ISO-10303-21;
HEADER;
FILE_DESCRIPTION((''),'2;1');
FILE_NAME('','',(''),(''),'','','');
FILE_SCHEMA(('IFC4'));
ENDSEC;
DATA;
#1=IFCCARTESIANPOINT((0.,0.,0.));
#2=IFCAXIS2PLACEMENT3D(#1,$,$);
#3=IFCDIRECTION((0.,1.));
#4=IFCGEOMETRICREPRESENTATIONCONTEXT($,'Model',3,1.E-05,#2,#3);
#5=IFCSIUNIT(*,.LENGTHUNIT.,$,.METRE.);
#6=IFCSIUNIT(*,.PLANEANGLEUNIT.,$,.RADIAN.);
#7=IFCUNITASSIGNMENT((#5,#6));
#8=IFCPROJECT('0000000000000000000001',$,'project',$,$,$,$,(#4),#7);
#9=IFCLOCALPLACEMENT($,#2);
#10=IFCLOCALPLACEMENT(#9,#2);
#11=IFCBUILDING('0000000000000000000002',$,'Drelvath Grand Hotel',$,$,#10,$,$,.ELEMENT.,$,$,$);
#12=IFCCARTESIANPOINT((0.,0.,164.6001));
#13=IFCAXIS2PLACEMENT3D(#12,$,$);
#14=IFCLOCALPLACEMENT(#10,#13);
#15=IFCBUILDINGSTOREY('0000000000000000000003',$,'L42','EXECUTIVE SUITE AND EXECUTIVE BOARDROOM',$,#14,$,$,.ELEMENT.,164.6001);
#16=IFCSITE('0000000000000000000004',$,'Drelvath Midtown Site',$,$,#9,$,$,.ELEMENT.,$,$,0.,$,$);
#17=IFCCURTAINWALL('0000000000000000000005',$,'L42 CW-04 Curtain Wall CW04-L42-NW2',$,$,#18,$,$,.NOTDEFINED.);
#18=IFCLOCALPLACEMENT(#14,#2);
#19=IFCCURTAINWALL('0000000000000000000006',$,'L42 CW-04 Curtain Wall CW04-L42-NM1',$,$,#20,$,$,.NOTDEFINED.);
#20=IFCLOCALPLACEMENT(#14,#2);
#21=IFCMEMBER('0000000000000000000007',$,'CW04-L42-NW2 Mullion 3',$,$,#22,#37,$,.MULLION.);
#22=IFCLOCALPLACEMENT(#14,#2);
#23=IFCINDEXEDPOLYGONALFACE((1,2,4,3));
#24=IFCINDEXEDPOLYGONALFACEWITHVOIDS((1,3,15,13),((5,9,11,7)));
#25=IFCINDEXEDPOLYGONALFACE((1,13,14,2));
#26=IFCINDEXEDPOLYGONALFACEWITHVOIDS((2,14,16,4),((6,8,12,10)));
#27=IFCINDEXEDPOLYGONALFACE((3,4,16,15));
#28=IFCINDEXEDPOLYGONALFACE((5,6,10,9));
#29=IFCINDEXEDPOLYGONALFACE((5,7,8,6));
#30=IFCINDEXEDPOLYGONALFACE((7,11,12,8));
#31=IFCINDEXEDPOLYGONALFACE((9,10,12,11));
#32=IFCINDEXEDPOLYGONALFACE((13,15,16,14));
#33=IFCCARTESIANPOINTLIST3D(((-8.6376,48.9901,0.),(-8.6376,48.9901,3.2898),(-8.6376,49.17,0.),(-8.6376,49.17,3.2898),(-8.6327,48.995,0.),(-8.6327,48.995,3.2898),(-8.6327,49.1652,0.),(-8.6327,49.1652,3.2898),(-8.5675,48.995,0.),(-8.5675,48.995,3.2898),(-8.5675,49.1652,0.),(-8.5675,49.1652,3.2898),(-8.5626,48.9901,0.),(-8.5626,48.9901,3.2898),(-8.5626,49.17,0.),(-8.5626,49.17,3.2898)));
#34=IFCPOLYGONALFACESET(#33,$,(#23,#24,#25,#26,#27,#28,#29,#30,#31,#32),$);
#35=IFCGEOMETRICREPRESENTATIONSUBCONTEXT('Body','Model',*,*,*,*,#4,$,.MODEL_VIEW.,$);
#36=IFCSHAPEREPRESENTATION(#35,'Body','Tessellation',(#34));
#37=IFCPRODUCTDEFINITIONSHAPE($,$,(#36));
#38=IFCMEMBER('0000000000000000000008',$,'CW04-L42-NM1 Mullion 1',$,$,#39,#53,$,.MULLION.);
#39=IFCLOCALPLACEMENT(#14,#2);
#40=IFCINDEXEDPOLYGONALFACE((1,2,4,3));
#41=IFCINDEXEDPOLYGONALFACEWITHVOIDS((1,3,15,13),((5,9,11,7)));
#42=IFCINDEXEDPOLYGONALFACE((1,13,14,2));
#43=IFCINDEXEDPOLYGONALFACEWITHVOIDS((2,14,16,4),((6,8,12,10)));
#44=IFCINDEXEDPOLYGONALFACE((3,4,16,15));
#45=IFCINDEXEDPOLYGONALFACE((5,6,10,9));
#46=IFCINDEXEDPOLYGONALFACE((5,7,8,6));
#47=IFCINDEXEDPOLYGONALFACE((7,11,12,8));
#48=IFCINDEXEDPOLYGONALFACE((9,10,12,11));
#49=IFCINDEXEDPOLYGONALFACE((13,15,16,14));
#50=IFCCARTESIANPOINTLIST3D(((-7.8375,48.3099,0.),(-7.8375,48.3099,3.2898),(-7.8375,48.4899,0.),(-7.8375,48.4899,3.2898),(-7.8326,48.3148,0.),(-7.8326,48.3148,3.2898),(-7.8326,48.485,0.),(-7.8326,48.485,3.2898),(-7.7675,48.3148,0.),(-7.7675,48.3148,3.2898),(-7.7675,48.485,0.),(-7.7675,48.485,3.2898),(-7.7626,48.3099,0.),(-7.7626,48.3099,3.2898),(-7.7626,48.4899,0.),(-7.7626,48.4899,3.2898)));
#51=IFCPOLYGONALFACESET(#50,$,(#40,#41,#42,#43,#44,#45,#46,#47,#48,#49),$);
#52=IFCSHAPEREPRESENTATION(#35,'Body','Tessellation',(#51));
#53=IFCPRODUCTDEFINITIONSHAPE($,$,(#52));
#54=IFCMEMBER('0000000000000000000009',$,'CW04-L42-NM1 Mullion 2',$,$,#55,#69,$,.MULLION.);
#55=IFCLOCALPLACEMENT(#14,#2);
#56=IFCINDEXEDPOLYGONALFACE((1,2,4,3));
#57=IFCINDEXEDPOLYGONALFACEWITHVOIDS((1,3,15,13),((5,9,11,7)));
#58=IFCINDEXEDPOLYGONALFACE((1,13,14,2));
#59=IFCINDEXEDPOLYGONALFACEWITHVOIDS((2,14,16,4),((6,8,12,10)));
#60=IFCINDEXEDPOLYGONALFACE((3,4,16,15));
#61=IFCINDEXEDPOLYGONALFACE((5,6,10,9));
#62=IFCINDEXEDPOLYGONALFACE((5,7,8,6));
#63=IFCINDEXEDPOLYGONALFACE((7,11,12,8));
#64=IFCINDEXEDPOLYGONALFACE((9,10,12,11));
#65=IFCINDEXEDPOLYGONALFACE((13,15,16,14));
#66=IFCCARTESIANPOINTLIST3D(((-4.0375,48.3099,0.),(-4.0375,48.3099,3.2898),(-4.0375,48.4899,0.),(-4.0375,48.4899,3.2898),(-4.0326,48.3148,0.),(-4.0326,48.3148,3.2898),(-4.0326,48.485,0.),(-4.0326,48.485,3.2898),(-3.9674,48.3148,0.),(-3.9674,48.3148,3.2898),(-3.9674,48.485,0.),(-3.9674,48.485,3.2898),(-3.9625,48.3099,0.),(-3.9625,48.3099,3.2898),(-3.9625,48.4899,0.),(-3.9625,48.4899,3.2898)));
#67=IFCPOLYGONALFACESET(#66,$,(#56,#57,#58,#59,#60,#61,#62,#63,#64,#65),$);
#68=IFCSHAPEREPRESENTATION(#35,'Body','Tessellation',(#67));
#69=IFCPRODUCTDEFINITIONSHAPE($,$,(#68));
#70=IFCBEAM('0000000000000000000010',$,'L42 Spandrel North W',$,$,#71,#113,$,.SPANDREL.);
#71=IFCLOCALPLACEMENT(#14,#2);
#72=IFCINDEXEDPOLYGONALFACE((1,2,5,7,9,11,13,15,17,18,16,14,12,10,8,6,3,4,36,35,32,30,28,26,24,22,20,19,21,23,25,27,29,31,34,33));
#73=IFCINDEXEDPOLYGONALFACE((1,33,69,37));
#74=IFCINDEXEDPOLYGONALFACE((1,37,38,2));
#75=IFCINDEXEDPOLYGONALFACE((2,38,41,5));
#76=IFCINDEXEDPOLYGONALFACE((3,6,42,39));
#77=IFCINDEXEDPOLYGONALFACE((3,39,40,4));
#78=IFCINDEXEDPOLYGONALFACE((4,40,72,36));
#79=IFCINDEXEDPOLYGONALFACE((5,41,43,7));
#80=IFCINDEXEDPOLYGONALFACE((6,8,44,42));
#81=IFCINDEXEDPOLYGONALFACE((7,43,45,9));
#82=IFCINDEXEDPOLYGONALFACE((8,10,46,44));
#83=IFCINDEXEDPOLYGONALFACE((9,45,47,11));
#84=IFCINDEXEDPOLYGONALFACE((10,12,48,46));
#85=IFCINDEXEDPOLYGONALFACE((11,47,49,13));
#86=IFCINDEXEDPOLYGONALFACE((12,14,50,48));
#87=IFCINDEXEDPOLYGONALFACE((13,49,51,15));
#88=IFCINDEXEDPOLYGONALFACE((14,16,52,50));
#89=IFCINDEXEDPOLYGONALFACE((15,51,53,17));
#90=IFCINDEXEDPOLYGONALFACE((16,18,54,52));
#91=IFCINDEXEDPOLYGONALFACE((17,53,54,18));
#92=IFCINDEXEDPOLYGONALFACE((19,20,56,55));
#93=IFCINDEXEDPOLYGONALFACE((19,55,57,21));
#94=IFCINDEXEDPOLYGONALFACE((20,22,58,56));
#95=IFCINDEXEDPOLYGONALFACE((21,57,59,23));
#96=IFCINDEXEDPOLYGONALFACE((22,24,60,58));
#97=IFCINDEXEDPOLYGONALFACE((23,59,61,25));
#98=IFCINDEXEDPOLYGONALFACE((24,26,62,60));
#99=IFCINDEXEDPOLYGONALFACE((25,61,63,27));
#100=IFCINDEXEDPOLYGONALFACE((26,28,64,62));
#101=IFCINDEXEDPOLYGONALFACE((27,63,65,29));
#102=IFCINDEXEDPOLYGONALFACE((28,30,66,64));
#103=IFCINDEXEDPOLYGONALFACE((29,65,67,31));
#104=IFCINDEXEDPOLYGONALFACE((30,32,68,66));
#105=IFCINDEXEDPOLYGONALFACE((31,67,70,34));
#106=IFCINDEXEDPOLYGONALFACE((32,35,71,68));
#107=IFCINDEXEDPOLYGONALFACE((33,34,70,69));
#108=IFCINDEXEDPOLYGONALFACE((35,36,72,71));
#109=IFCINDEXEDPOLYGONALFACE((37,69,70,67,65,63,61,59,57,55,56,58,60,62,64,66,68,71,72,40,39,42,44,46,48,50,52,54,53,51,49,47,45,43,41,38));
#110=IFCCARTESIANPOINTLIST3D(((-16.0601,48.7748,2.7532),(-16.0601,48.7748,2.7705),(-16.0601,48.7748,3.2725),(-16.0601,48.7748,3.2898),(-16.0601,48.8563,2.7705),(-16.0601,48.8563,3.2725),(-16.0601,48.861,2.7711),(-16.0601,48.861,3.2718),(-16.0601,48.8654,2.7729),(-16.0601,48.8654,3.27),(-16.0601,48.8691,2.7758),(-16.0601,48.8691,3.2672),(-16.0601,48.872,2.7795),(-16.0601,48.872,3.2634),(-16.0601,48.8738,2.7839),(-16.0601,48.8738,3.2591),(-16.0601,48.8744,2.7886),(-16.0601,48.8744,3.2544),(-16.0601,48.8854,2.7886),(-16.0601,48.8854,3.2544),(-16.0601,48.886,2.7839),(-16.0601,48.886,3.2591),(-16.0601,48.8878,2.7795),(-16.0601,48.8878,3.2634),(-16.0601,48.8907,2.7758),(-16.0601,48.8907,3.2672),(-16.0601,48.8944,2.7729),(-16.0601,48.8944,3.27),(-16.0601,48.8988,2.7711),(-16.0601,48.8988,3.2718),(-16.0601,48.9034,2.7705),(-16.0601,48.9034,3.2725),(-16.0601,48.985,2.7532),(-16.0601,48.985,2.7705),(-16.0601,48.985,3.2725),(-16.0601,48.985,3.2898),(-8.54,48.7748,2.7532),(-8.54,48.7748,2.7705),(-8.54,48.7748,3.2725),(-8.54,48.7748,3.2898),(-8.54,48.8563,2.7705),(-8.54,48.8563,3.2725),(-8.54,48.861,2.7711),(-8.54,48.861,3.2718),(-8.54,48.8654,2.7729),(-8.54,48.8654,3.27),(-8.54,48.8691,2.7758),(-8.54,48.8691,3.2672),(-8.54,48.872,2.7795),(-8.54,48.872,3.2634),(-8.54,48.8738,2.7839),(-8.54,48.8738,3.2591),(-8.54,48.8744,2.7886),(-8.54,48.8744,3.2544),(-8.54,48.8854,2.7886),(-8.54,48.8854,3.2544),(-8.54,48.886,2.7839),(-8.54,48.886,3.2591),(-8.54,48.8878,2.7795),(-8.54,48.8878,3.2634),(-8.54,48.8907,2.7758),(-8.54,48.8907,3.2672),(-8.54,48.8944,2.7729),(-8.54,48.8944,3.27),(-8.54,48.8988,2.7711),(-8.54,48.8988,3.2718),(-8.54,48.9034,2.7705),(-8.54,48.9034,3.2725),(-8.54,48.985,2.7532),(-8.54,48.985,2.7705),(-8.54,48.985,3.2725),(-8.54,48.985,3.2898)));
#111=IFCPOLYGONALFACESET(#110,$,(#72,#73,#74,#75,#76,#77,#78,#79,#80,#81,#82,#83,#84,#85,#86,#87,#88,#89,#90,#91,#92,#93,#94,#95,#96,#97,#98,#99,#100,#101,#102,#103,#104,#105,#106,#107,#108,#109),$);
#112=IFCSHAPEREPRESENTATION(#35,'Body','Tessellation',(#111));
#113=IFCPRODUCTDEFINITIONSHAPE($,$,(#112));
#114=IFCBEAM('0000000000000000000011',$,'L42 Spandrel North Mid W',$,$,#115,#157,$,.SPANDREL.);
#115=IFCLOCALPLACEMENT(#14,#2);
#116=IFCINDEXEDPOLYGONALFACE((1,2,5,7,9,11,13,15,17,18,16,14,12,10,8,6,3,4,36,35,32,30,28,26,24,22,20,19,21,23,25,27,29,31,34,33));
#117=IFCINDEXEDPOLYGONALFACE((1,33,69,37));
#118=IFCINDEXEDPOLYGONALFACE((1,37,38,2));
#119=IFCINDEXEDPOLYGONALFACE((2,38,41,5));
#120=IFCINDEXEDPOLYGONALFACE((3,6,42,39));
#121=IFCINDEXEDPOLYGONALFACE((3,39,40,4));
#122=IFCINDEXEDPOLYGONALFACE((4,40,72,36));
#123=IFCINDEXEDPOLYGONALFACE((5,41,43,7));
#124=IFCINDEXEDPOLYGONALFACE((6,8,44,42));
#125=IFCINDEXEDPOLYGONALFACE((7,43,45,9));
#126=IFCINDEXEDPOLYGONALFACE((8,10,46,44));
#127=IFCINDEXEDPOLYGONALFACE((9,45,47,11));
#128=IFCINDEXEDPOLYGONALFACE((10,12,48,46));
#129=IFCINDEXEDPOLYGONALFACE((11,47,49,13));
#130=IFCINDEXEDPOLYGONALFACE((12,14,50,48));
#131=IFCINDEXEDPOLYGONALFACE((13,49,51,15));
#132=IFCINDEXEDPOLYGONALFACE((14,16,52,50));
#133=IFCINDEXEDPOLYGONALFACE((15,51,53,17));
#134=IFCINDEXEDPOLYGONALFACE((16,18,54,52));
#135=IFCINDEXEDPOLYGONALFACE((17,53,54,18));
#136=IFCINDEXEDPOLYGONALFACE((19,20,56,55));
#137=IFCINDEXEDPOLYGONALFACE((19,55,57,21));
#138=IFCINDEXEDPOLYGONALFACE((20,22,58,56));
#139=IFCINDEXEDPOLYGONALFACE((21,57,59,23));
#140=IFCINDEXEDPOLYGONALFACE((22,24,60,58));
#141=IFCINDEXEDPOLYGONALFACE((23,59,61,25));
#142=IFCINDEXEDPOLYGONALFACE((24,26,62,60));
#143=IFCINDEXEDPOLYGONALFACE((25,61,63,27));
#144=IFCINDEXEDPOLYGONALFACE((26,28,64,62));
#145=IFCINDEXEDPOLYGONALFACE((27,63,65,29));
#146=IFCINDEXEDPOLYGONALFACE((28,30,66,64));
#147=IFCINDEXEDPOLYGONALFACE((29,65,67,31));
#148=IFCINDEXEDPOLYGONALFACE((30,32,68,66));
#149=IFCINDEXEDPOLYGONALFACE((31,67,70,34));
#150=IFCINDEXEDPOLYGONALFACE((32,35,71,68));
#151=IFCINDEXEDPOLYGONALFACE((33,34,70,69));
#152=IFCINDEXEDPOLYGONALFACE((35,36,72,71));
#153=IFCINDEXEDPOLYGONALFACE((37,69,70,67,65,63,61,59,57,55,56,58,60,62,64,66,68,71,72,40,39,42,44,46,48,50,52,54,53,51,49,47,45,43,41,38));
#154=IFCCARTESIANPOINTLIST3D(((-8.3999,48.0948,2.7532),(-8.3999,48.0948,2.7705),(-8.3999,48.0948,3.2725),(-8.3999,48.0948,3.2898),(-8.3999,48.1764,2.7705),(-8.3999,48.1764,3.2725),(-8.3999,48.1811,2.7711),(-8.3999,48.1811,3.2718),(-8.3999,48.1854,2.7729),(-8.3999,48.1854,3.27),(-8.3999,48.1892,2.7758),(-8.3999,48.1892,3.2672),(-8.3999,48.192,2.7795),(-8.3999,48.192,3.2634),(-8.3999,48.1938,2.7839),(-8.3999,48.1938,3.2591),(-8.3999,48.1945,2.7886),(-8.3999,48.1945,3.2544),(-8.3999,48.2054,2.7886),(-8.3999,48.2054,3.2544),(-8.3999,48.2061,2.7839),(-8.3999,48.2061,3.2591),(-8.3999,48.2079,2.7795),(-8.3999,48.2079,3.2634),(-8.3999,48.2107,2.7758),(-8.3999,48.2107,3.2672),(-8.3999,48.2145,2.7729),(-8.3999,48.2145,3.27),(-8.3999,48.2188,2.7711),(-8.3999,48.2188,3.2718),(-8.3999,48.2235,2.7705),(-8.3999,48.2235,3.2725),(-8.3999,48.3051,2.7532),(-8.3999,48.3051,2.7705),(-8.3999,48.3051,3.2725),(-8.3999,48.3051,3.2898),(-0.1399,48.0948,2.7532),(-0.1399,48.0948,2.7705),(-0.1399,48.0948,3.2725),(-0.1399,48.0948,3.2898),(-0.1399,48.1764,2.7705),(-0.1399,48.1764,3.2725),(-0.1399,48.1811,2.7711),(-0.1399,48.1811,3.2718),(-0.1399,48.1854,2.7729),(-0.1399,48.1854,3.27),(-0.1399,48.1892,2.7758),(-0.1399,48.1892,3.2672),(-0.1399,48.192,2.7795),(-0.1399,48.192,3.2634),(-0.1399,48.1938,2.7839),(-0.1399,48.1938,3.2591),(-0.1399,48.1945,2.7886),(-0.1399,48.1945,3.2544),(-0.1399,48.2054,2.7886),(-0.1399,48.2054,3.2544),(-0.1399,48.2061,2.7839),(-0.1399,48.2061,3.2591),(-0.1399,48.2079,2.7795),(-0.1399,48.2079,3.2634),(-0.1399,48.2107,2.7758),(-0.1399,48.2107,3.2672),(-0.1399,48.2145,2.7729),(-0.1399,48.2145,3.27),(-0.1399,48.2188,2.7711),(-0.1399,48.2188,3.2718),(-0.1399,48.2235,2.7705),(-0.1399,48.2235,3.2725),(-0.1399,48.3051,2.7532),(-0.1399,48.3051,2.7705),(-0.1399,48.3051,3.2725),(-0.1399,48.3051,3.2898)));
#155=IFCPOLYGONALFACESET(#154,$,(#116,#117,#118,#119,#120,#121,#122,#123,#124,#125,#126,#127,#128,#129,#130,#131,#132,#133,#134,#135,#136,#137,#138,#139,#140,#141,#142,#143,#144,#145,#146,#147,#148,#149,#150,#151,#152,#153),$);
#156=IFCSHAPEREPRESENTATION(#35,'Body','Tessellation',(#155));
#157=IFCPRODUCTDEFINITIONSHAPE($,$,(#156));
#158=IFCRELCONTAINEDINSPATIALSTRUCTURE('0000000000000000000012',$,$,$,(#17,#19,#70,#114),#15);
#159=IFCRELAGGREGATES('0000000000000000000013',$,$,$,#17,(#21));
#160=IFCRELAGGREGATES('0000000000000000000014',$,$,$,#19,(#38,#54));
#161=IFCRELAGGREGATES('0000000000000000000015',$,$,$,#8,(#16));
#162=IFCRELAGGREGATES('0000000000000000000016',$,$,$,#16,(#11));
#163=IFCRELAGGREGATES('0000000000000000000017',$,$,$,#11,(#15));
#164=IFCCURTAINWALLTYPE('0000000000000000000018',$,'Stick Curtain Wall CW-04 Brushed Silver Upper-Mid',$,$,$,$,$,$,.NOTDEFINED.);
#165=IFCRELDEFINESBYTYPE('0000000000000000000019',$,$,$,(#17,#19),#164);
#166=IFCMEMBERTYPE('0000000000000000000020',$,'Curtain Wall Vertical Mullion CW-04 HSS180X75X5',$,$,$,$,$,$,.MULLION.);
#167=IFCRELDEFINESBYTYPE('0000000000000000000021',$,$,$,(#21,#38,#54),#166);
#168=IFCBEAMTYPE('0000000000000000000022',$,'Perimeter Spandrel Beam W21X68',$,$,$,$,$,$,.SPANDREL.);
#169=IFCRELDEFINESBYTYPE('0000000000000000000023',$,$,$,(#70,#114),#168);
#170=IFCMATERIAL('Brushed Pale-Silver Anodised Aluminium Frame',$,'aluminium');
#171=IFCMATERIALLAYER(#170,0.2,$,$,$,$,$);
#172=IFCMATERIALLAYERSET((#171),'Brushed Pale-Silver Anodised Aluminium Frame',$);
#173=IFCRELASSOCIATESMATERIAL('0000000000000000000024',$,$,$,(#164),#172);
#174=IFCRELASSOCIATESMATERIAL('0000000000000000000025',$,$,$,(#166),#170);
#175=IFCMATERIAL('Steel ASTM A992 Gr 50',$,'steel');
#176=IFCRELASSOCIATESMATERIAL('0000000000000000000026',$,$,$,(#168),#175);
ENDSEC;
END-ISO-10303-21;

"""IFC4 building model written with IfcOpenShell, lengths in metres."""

from ifc_helpers import new_model, si_unit, direction, frame, origin, origin_2d, place, context, subcontext, project, spatial, hollow_rectangle, i_section, extrude, material, layer, layer_set, material_profile, profile_set, type_object, element, aggregate, save


model = new_model("IFC4")

# Units and contexts
model_context = context("Model", 3, precision=1e-05, world=origin(), true_north=direction((0.0, 1.0)))
body_context = subcontext(model_context, "Body", "Model", "MODEL_VIEW")
ifc_project = project(units=[si_unit("LENGTHUNIT", "METRE"), si_unit("PLANEANGLEUNIT", "RADIAN")], contexts=[model_context])

# Site, building, storey
site_placement = place(None, origin())
site = spatial("IfcSite", under=ifc_project, at=site_placement, Name="Drelvath Midtown Site", CompositionType="ELEMENT", RefElevation=0.0)
building_placement = place(site_placement, origin())
building = spatial("IfcBuilding", under=site, at=building_placement, Name="Drelvath Grand Hotel", CompositionType="ELEMENT")
storey_placement = place(building_placement, frame((0.0, 0.0, 164.6001)))
storey = spatial("IfcBuildingStorey", under=building, at=storey_placement, Name="L42", Description="EXECUTIVE SUITE AND EXECUTIVE BOARDROOM", CompositionType="ELEMENT", Elevation=164.6001)

# Curtain walls
ifc_material_1 = material(Name="Brushed Pale-Silver Anodised Aluminium Frame", Category="aluminium")
ifc_layer_1 = layer(ifc_material_1, 0.2)
ifc_layer_set_1 = layer_set([ifc_layer_1], Name="Brushed Pale-Silver Anodised Aluminium Frame")
curtain_wall_type = type_object("IfcCurtainWallType", Name="Stick Curtain Wall CW-04 Brushed Silver Upper-Mid", PredefinedType="NOTDEFINED", material=ifc_layer_set_1)
curtain_wall_1_placement = place(storey_placement, origin())
curtain_wall_1 = element("IfcCurtainWall", 1, at=curtain_wall_1_placement, inside=storey, type_object=curtain_wall_type, Name="L42 CW-04 Curtain Wall CW04-L42-NW2", PredefinedType="NOTDEFINED")
curtain_wall_2_placement = place(storey_placement, origin())
curtain_wall_2 = element("IfcCurtainWall", 2, at=curtain_wall_2_placement, inside=storey, type_object=curtain_wall_type, Name="L42 CW-04 Curtain Wall CW04-L42-NM1", PredefinedType="NOTDEFINED")

# Members
ifc_material_profile_1 = material_profile(ifc_material_1, hollow_rectangle(XDim=0.075, YDim=0.1799, WallThickness=0.0049, at=origin_2d()), Name="HSS180X75X5")
ifc_profile_set_1 = profile_set([ifc_material_profile_1], Name="Brushed Pale-Silver Anodised Aluminium Frame")
member_type_1 = type_object("IfcMemberType", Name="Curtain Wall Vertical Mullion CW-04 HSS180X75X5", PredefinedType="MULLION", material=ifc_profile_set_1)
member_1_placement = place(storey_placement, frame((-8.6001, 49.0801, 0.0), z_axis=(0.0, 0.0, 1.0), x_axis=(1.0, 0.0, 0.0)))
member_1 = element("IfcMember", 3, at=member_1_placement, type_object=member_type_1, Name="CW04-L42-NW2 Mullion 3", PredefinedType="MULLION", context=body_context, shape_type="SweptSolid", body=[
    extrude(hollow_rectangle(XDim=0.075, YDim=0.1799, WallThickness=0.0049, at=origin_2d()), origin(), (0.0, 0.0, 1.0), 3.2898),
])
member_2_placement = place(storey_placement, frame((-7.8, 48.3999, 0.0), z_axis=(0.0, 0.0, 1.0), x_axis=(1.0, 0.0, 0.0)))
member_2 = element("IfcMember", 4, at=member_2_placement, type_object=member_type_1, Name="CW04-L42-NM1 Mullion 1", PredefinedType="MULLION", context=body_context, shape_type="SweptSolid", body=[
    extrude(hollow_rectangle(XDim=0.075, YDim=0.1799, WallThickness=0.0049, at=origin_2d()), origin(), (0.0, 0.0, 1.0), 3.2898),
])
member_3_placement = place(storey_placement, frame((-4.0, 48.3999, 0.0), z_axis=(0.0, 0.0, 1.0), x_axis=(1.0, 0.0, 0.0)))
member_3 = element("IfcMember", 5, at=member_3_placement, type_object=member_type_1, Name="CW04-L42-NM1 Mullion 2", PredefinedType="MULLION", context=body_context, shape_type="SweptSolid", body=[
    extrude(hollow_rectangle(XDim=0.075, YDim=0.1799, WallThickness=0.0049, at=origin_2d()), origin(), (0.0, 0.0, 1.0), 3.2898),
])

# Beams
ifc_material_2 = material(Name="Steel ASTM A992 Gr 50", Category="steel")
ifc_material_profile_2 = material_profile(ifc_material_2, i_section(OverallWidth=0.2102, OverallDepth=0.5366, WebThickness=0.011, FlangeThickness=0.0173, FilletRadius=0.0181, at=origin_2d()), Name="W21X68")
ifc_profile_set_2 = profile_set([ifc_material_profile_2], Name="Steel ASTM A992 Gr 50")
beam_type_1 = type_object("IfcBeamType", Name="Perimeter Spandrel Beam W21X68", PredefinedType="SPANDREL", material=ifc_profile_set_2)
beam_1_placement = place(storey_placement, frame((-16.0601, 48.8799, 3.0215), z_axis=(1.0, 0.0, 0.0), x_axis=(0.0, 1.0, 0.0)))
element("IfcBeam", 6, at=beam_1_placement, inside=storey, type_object=beam_type_1, Name="L42 Spandrel North W", PredefinedType="SPANDREL", context=body_context, shape_type="SweptSolid", body=[
    extrude(i_section(OverallWidth=0.2102, OverallDepth=0.5366, WebThickness=0.011, FlangeThickness=0.0173, FilletRadius=0.0181, at=origin_2d()), origin(), (0.0, 0.0, 1.0), 7.52),
])
beam_2_placement = place(storey_placement, frame((-8.3999, 48.2, 3.0215), z_axis=(1.0, 0.0, 0.0), x_axis=(0.0, 1.0, 0.0)))
element("IfcBeam", 7, at=beam_2_placement, inside=storey, type_object=beam_type_1, Name="L42 Spandrel North Mid W", PredefinedType="SPANDREL", context=body_context, shape_type="SweptSolid", body=[
    extrude(i_section(OverallWidth=0.2102, OverallDepth=0.5366, WebThickness=0.011, FlangeThickness=0.0173, FilletRadius=0.0181, at=origin_2d()), origin(), (0.0, 0.0, 1.0), 8.26),
])

aggregate(curtain_wall_1, [member_1])
aggregate(curtain_wall_2, [member_2, member_3])

save(model, "model.ifc")
